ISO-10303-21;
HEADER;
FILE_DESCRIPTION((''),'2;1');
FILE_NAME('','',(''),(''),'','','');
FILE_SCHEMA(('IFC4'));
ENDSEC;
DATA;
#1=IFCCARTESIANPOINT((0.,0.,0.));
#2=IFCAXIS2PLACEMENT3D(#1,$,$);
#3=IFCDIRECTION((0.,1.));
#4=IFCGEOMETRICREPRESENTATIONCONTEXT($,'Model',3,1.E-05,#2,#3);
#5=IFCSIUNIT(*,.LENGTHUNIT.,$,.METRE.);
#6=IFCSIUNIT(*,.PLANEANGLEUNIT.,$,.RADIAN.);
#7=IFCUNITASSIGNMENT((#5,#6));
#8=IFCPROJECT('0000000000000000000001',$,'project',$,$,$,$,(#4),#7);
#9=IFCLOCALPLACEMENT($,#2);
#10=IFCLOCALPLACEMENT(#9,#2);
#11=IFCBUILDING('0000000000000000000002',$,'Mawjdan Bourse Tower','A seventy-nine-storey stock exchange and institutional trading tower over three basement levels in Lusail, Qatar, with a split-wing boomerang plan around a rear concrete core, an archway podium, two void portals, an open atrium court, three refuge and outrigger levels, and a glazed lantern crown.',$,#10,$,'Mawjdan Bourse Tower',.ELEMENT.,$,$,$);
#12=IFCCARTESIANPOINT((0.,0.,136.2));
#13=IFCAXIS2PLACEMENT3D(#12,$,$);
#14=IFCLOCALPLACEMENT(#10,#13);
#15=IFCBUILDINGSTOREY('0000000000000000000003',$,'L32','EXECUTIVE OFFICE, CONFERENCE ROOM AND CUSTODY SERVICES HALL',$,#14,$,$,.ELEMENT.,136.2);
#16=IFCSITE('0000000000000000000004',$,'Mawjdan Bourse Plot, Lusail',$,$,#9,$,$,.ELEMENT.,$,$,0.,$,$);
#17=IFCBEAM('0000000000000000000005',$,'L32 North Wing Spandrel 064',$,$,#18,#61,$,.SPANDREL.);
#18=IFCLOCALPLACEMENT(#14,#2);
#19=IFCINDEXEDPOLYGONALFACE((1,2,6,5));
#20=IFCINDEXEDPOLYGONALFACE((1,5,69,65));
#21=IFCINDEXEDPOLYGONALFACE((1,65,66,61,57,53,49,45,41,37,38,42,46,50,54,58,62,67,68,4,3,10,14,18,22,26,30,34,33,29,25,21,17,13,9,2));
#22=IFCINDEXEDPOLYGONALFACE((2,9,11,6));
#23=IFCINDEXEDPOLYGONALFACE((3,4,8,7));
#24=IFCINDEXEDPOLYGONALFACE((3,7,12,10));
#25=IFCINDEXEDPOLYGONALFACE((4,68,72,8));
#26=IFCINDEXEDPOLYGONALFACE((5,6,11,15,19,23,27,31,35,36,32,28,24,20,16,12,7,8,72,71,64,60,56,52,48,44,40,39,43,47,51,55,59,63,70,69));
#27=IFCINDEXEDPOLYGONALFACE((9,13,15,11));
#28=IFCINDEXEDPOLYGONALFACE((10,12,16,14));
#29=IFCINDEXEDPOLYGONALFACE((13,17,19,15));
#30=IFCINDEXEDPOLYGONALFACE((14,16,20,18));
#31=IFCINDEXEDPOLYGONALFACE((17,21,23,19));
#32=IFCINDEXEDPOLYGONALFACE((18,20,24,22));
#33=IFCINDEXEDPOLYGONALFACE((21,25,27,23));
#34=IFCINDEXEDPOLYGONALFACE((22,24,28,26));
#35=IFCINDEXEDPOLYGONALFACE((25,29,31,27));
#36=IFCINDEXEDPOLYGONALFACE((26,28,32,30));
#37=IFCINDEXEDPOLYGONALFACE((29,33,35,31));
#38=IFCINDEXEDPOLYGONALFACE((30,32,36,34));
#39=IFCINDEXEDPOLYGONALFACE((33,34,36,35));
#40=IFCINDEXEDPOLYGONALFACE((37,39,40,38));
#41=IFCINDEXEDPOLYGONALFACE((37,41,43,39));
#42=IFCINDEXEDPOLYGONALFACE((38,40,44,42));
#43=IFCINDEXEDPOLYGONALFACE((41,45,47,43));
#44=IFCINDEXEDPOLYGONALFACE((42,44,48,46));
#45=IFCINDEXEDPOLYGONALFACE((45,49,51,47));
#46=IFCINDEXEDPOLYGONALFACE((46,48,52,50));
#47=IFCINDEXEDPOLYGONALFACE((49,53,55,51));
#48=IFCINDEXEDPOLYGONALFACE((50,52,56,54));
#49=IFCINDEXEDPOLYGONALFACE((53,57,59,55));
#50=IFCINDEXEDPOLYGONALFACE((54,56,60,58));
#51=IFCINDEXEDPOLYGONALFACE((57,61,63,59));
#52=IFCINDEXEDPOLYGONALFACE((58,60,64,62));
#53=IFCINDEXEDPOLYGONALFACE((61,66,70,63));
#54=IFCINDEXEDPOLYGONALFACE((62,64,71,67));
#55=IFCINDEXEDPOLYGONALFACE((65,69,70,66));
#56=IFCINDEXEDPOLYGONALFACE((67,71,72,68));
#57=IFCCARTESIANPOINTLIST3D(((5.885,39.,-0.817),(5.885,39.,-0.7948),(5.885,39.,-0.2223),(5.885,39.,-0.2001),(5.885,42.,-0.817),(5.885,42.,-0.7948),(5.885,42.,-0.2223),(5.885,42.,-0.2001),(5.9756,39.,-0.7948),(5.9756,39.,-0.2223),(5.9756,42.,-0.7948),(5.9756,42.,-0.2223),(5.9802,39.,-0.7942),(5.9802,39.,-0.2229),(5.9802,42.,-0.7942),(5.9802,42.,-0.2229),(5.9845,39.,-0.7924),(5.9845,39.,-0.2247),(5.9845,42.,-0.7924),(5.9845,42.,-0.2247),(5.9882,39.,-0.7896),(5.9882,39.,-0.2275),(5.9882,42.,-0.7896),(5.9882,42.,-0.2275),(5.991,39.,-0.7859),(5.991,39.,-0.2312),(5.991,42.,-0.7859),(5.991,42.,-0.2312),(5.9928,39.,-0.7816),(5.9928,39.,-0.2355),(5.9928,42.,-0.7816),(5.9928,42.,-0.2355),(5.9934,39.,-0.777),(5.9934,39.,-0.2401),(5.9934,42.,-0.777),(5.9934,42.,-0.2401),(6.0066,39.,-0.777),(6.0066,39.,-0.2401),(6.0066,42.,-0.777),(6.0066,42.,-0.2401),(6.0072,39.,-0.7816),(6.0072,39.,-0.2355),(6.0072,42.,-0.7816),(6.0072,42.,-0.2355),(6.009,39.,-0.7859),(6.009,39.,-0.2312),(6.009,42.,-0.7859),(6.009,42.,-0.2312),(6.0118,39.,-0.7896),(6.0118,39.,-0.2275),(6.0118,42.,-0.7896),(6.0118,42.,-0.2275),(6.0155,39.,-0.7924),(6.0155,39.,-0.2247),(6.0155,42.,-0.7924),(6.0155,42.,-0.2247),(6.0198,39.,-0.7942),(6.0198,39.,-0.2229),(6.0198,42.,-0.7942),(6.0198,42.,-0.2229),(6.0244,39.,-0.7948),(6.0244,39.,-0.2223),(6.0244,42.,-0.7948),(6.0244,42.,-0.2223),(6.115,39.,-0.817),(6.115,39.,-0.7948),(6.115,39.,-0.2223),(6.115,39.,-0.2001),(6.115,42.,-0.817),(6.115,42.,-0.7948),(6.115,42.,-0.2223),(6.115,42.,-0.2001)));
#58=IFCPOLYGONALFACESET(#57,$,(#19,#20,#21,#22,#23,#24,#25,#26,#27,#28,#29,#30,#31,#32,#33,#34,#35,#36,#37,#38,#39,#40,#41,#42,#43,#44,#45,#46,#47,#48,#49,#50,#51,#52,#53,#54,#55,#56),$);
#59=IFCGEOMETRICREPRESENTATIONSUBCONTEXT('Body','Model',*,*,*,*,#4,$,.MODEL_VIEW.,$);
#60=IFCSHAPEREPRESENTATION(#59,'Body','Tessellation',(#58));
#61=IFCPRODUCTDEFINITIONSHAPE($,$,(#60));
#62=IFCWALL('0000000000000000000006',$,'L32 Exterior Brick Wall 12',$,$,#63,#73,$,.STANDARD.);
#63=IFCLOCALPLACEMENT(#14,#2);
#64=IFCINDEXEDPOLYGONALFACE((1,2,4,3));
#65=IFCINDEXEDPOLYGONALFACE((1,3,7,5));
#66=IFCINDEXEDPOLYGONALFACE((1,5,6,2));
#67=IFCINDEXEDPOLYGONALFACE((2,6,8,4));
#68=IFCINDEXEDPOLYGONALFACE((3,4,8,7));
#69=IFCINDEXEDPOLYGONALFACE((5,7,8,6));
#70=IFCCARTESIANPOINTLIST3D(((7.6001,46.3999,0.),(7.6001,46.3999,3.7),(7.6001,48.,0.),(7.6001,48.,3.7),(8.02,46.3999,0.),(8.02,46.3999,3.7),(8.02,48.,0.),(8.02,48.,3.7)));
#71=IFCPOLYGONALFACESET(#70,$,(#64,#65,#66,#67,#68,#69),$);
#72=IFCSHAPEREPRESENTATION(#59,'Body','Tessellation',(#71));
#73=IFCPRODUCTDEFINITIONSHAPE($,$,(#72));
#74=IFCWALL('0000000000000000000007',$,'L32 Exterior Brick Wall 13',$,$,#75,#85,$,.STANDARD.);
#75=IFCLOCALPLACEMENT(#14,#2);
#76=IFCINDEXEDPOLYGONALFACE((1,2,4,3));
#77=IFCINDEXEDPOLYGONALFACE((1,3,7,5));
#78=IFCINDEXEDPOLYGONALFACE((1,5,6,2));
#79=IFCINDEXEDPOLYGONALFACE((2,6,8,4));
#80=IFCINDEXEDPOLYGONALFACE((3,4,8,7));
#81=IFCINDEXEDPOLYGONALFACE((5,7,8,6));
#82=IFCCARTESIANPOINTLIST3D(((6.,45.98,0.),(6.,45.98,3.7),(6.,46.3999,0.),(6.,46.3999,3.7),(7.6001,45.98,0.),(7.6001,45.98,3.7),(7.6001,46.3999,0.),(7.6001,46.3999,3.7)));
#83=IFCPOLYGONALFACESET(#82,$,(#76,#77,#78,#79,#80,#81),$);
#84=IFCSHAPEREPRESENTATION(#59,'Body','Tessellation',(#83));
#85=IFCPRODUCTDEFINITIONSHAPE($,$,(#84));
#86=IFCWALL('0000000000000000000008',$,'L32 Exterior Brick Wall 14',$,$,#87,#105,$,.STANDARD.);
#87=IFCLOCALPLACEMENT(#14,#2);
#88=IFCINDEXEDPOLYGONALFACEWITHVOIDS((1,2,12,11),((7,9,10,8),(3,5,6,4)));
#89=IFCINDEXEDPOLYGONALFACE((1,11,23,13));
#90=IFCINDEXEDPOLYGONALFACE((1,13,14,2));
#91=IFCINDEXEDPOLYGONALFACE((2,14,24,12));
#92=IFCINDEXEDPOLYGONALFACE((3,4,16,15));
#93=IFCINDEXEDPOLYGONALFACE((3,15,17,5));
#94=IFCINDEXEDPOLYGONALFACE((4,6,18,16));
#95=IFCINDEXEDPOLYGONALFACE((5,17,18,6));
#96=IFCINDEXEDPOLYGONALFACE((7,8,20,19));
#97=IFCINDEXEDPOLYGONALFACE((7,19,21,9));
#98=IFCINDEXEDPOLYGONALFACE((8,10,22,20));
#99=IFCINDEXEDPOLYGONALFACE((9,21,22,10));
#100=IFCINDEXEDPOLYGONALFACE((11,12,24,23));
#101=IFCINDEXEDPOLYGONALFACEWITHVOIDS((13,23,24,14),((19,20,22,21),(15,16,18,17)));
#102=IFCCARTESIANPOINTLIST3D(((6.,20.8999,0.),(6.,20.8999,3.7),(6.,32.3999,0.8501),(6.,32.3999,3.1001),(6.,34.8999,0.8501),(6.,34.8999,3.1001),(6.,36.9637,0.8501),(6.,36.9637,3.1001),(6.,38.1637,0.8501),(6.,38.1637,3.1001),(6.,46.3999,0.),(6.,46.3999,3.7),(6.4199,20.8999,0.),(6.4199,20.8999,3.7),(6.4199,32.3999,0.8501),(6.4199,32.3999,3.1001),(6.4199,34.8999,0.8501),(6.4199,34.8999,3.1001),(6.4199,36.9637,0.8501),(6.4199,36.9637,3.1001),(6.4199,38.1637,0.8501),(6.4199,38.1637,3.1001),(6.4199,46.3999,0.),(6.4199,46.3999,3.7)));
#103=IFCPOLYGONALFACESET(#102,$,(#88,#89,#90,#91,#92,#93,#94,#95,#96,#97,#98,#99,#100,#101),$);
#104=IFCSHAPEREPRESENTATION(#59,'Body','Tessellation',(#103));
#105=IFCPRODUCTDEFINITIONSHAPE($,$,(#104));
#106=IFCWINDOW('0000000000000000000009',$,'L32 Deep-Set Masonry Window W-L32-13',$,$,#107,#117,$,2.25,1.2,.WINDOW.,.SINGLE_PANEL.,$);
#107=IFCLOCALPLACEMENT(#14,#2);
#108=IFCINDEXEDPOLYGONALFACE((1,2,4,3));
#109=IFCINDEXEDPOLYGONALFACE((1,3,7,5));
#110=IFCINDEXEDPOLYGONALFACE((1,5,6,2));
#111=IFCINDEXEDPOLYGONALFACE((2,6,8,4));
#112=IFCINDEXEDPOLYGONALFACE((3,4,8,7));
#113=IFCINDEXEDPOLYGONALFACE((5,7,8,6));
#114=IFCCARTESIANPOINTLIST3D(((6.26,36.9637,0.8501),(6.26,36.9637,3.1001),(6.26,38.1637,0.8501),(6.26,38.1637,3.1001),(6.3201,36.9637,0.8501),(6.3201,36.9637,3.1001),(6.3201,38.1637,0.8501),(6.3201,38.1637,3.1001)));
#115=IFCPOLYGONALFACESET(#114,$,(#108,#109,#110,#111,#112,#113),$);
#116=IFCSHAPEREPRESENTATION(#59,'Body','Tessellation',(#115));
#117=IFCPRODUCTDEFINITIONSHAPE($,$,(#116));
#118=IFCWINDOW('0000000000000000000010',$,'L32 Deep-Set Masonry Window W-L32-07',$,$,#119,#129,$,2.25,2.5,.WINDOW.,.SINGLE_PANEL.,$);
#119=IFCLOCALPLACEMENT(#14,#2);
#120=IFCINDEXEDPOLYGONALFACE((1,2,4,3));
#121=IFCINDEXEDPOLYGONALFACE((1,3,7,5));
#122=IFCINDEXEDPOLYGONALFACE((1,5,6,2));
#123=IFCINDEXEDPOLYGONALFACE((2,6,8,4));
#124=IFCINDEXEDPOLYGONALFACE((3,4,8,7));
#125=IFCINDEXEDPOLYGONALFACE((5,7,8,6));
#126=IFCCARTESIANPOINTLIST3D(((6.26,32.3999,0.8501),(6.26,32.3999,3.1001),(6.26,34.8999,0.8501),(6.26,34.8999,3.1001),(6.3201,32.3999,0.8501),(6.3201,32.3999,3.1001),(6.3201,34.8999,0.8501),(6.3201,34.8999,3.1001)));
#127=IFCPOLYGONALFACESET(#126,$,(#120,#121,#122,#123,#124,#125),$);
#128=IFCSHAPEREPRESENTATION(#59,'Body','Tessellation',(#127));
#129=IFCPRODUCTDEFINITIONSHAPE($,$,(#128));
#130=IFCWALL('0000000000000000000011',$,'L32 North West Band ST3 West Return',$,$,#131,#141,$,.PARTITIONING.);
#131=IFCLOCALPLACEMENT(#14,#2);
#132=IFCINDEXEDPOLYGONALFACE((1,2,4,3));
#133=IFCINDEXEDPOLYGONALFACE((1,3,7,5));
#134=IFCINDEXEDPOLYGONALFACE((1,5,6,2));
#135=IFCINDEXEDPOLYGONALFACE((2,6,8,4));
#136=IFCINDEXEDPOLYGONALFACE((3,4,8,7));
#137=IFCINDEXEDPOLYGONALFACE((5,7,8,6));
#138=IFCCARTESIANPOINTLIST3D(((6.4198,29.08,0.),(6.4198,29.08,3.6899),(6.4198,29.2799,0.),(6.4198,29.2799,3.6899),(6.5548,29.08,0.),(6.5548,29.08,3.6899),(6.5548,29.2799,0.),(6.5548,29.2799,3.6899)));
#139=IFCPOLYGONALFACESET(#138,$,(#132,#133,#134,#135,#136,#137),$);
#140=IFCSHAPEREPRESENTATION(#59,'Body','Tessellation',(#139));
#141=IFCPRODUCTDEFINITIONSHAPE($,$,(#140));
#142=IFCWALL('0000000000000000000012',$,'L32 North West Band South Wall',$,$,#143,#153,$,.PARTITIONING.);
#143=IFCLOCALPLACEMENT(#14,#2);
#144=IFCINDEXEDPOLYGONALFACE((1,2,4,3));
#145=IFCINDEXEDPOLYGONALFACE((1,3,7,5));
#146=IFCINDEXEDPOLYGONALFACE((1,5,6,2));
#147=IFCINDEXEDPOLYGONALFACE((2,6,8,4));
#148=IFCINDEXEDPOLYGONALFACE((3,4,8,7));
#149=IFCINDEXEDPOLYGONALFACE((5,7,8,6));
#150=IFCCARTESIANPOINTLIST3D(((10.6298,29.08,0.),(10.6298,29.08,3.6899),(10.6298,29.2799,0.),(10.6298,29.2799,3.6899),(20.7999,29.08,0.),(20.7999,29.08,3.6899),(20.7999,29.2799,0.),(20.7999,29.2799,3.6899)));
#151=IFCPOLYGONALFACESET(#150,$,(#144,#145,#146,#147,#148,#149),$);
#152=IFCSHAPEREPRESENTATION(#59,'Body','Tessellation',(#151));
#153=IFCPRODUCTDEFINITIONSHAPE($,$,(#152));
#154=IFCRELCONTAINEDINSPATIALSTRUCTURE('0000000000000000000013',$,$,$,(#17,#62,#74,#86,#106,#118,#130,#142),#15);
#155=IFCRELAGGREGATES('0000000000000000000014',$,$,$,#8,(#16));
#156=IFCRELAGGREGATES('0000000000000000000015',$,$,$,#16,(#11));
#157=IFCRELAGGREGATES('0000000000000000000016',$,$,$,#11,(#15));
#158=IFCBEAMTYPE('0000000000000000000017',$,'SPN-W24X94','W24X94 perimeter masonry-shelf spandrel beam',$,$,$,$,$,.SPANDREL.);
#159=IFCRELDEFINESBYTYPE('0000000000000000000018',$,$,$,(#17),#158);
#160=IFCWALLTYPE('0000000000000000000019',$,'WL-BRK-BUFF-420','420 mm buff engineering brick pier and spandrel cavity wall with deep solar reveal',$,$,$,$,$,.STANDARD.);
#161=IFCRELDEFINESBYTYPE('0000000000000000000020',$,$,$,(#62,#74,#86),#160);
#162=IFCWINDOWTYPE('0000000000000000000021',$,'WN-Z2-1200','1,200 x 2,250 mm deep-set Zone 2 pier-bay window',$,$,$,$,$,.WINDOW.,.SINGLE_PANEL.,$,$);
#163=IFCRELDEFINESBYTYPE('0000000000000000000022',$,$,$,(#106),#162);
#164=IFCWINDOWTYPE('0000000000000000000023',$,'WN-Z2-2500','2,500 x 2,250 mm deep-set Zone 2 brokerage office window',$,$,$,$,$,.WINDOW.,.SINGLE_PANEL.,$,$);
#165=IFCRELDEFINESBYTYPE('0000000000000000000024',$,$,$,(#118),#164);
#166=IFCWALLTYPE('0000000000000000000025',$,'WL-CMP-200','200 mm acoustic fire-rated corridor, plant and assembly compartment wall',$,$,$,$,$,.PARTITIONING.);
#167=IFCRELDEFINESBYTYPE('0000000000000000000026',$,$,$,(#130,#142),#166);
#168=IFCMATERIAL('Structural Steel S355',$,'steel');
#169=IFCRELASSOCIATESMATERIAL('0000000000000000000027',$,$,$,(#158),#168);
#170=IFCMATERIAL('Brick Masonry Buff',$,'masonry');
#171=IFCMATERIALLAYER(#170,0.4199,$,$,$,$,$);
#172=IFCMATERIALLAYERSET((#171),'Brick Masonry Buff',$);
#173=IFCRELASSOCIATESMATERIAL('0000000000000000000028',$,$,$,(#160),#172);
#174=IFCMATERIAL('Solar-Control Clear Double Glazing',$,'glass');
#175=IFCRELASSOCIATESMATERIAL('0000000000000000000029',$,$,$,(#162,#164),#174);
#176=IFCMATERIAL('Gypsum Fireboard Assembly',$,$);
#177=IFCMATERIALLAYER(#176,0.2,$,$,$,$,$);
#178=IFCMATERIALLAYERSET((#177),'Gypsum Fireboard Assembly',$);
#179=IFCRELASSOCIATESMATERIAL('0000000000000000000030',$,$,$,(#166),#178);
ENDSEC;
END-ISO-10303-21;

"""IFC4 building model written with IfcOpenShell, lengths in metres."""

from ifc_helpers import new_model, si_unit, direction, frame, frame_2d, origin, origin_2d, place, context, subcontext, project, spatial, rectangle, i_section, extrude, material, layer, layer_set, material_profile, profile_set, type_object, element, fill, save


model = new_model("IFC4")

# Units and contexts
model_context = context("Model", 3, precision=1e-05, world=origin(), true_north=direction((0.0, 1.0)))
body_context = subcontext(model_context, "Body", "Model", "MODEL_VIEW")
ifc_project = project(units=[si_unit("LENGTHUNIT", "METRE"), si_unit("PLANEANGLEUNIT", "RADIAN")], contexts=[model_context])

# Site, building, storey
site_placement = place(None, origin())
site = spatial("IfcSite", under=ifc_project, at=site_placement, Name="Mawjdan Bourse Plot, Lusail", CompositionType="ELEMENT", RefElevation=0.0)
building_placement = place(site_placement, origin())
building = spatial("IfcBuilding", under=site, at=building_placement, Name="Mawjdan Bourse Tower", Description="A seventy-nine-storey stock exchange and institutional trading tower over three basement levels in Lusail, Qatar, with a split-wing boomerang plan around a rear concrete core, an archway podium, two void portals, an open atrium court, three refuge and outrigger levels, and a glazed lantern crown.", LongName="Mawjdan Bourse Tower", CompositionType="ELEMENT")
storey_placement = place(building_placement, frame((0.0, 0.0, 136.2)))
storey = spatial("IfcBuildingStorey", under=building, at=storey_placement, Name="L32", Description="EXECUTIVE OFFICE, CONFERENCE ROOM AND CUSTODY SERVICES HALL", CompositionType="ELEMENT", Elevation=136.2)

# Beam
ifc_material_1 = material(Name="Structural Steel S355", Category="steel")
ifc_material_profile_1 = material_profile(ifc_material_1, i_section(OverallWidth=0.23, OverallDepth=0.6169, WebThickness=0.0132, FlangeThickness=0.0222, FilletRadius=0.0178, at=origin_2d()), Name="W24X94")
ifc_profile_set_1 = profile_set([ifc_material_profile_1], Name="Structural Steel S355")
beam_type_1 = type_object("IfcBeamType", Name="SPN-W24X94", Description="W24X94 perimeter masonry-shelf spandrel beam", PredefinedType="SPANDREL", material=ifc_profile_set_1)
for number, where, z_axis, x_axis, name in (
    (1, (6.0, 39.0, -0.5085), (0.0, 1.0, 0.0), (-1.0, 0.0, 0.0), "L32 North Wing Spandrel 064"),
):
    element("IfcBeam", number, at=place(storey_placement, frame(where, z_axis=z_axis, x_axis=x_axis)), inside=storey, type_object=beam_type_1, Name=name, PredefinedType="SPANDREL", context=body_context, shape_type="SweptSolid", body=[
        extrude(i_section(OverallWidth=0.23, OverallDepth=0.6169, WebThickness=0.0132, FlangeThickness=0.0222, FilletRadius=0.0178, at=origin_2d()), origin(), (0.0, 0.0, 1.0), 3.0),
    ])

# Walls
ifc_material_2 = material(Name="Brick Masonry Buff", Category="masonry")
ifc_layer_1 = layer(ifc_material_2, 0.4199)
ifc_layer_set_1 = layer_set([ifc_layer_1], Name="Brick Masonry Buff")
wall_type_1 = type_object("IfcWallType", Name="WL-BRK-BUFF-420", Description="420 mm buff engineering brick pier and spandrel cavity wall with deep solar reveal", PredefinedType="STANDARD", material=ifc_layer_set_1)
for number, where, z_axis, x_axis, name in (
    (2, (7.8101, 48.0, 0.0), (0.0, 0.0, 1.0), (0.0, -1.0, 0.0), "L32 Exterior Brick Wall 12"),
    (3, (7.6001, 46.1899, 0.0), (0.0, 0.0, 1.0), (-1.0, 0.0, 0.0), "L32 Exterior Brick Wall 13"),
):
    element("IfcWall", number, at=place(storey_placement, frame(where, z_axis=z_axis, x_axis=x_axis)), inside=storey, type_object=wall_type_1, Name=name, PredefinedType="STANDARD", context=body_context, shape_type="SweptSolid", body=[
        extrude(rectangle(XDim=1.6001, YDim=0.4199, at=frame_2d((0.8, 0.0))), origin(), (0.0, 0.0, 1.0), 3.7),
    ])

# Wall, openings, windows
wall_1_placement = place(storey_placement, frame((6.21, 46.3999, 0.0), z_axis=(0.0, 0.0, 1.0), x_axis=(0.0, -1.0, 0.0)))
wall_1 = element("IfcWall", 4, at=wall_1_placement, inside=storey, type_object=wall_type_1, Name="L32 Exterior Brick Wall 14", PredefinedType="STANDARD", context=body_context, shape_type="SweptSolid", body=[
    extrude(rectangle(XDim=25.5, YDim=0.4199, at=frame_2d((12.75, 0.0))), origin(), (0.0, 0.0, 1.0), 3.7),
])
opening_1_placement = place(wall_1_placement, frame((11.5, 0.0, 0.8501)))
opening_1 = element("IfcOpeningElement", 5, at=opening_1_placement, cuts=wall_1, PredefinedType="OPENING", context=body_context, shape_type="SweptSolid", body=[
    extrude(rectangle(XDim=2.5, YDim=2.25, at=frame_2d((1.25, 1.125))), frame((0.0, 0.22, 0.0), z_axis=(0.0, -1.0, 0.0), x_axis=(1.0, 0.0, 0.0)), (0.0, 0.0, 1.0), 0.4399),
])
opening_2_placement = place(wall_1_placement, frame((8.2361, 0.0, 0.8501)))
opening_2 = element("IfcOpeningElement", 6, at=opening_2_placement, cuts=wall_1, PredefinedType="OPENING", context=body_context, shape_type="SweptSolid", body=[
    extrude(rectangle(XDim=1.2, YDim=2.25, at=frame_2d((0.6001, 1.125))), frame((0.0, 0.22, 0.0), z_axis=(0.0, -1.0, 0.0), x_axis=(1.0, 0.0, 0.0)), (0.0, 0.0, 1.0), 0.4399),
])
ifc_material_3 = material(Name="Solar-Control Clear Double Glazing", Category="glass")
window_type_1 = type_object("IfcWindowType", Name="WN-Z2-1200", Description="1,200 x 2,250 mm deep-set Zone 2 pier-bay window", PartitioningType="SINGLE_PANEL", PredefinedType="WINDOW", material=ifc_material_3)
window_1_placement = place(opening_2_placement, origin())
window_1 = element("IfcWindow", 7, at=window_1_placement, inside=storey, type_object=window_type_1, Name="L32 Deep-Set Masonry Window W-L32-13", OverallHeight=2.25, OverallWidth=1.2, PartitioningType="SINGLE_PANEL", PredefinedType="WINDOW", context=body_context, shape_type="SweptSolid", body=[
    extrude(rectangle(XDim=1.2, YDim=2.25, at=frame_2d((0.6001, 1.125))), frame((0.0, 0.1101, 0.0), z_axis=(0.0, -1.0, 0.0), x_axis=(1.0, 0.0, 0.0)), (0.0, 0.0, 1.0), 0.0601),
])
fill(opening_2, window_1)
window_type_2 = type_object("IfcWindowType", Name="WN-Z2-2500", Description="2,500 x 2,250 mm deep-set Zone 2 brokerage office window", PartitioningType="SINGLE_PANEL", PredefinedType="WINDOW", material=ifc_material_3)
window_2_placement = place(opening_1_placement, origin())
window_2 = element("IfcWindow", 8, at=window_2_placement, inside=storey, type_object=window_type_2, Name="L32 Deep-Set Masonry Window W-L32-07", OverallHeight=2.25, OverallWidth=2.5, PartitioningType="SINGLE_PANEL", PredefinedType="WINDOW", context=body_context, shape_type="SweptSolid", body=[
    extrude(rectangle(XDim=2.5, YDim=2.25, at=frame_2d((1.25, 1.125))), frame((0.0, 0.1101, 0.0), z_axis=(0.0, -1.0, 0.0), x_axis=(1.0, 0.0, 0.0)), (0.0, 0.0, 1.0), 0.0601),
])
fill(opening_1, window_2)

# Walls
ifc_material_4 = material(Name="Gypsum Fireboard Assembly")
ifc_layer_2 = layer(ifc_material_4, 0.2)
ifc_layer_set_2 = layer_set([ifc_layer_2], Name="Gypsum Fireboard Assembly")
wall_type_2 = type_object("IfcWallType", Name="WL-CMP-200", Description="200 mm acoustic fire-rated corridor, plant and assembly compartment wall", PredefinedType="PARTITIONING", material=ifc_layer_set_2)
wall_2_placement = place(storey_placement, frame((6.4199, 29.1799, 0.0), z_axis=(0.0, 0.0, 1.0), x_axis=(1.0, 0.0, 0.0)))
element("IfcWall", 9, at=wall_2_placement, inside=storey, type_object=wall_type_2, Name="L32 North West Band ST3 West Return", PredefinedType="PARTITIONING", context=body_context, shape_type="SweptSolid", body=[
    extrude(rectangle(XDim=0.135, YDim=0.2, at=frame_2d((0.0674, 0.0))), origin(), (0.0, 0.0, 1.0), 3.6899),
])
wall_3_placement = place(storey_placement, frame((10.6299, 29.1799, 0.0), z_axis=(0.0, 0.0, 1.0), x_axis=(1.0, 0.0, 0.0)))
element("IfcWall", 10, at=wall_3_placement, inside=storey, type_object=wall_type_2, Name="L32 North West Band South Wall", PredefinedType="PARTITIONING", context=body_context, shape_type="SweptSolid", body=[
    extrude(rectangle(XDim=10.1702, YDim=0.2, at=frame_2d((5.085, 0.0))), origin(), (0.0, 0.0, 1.0), 3.6899),
])

save(model, "model.ifc")
